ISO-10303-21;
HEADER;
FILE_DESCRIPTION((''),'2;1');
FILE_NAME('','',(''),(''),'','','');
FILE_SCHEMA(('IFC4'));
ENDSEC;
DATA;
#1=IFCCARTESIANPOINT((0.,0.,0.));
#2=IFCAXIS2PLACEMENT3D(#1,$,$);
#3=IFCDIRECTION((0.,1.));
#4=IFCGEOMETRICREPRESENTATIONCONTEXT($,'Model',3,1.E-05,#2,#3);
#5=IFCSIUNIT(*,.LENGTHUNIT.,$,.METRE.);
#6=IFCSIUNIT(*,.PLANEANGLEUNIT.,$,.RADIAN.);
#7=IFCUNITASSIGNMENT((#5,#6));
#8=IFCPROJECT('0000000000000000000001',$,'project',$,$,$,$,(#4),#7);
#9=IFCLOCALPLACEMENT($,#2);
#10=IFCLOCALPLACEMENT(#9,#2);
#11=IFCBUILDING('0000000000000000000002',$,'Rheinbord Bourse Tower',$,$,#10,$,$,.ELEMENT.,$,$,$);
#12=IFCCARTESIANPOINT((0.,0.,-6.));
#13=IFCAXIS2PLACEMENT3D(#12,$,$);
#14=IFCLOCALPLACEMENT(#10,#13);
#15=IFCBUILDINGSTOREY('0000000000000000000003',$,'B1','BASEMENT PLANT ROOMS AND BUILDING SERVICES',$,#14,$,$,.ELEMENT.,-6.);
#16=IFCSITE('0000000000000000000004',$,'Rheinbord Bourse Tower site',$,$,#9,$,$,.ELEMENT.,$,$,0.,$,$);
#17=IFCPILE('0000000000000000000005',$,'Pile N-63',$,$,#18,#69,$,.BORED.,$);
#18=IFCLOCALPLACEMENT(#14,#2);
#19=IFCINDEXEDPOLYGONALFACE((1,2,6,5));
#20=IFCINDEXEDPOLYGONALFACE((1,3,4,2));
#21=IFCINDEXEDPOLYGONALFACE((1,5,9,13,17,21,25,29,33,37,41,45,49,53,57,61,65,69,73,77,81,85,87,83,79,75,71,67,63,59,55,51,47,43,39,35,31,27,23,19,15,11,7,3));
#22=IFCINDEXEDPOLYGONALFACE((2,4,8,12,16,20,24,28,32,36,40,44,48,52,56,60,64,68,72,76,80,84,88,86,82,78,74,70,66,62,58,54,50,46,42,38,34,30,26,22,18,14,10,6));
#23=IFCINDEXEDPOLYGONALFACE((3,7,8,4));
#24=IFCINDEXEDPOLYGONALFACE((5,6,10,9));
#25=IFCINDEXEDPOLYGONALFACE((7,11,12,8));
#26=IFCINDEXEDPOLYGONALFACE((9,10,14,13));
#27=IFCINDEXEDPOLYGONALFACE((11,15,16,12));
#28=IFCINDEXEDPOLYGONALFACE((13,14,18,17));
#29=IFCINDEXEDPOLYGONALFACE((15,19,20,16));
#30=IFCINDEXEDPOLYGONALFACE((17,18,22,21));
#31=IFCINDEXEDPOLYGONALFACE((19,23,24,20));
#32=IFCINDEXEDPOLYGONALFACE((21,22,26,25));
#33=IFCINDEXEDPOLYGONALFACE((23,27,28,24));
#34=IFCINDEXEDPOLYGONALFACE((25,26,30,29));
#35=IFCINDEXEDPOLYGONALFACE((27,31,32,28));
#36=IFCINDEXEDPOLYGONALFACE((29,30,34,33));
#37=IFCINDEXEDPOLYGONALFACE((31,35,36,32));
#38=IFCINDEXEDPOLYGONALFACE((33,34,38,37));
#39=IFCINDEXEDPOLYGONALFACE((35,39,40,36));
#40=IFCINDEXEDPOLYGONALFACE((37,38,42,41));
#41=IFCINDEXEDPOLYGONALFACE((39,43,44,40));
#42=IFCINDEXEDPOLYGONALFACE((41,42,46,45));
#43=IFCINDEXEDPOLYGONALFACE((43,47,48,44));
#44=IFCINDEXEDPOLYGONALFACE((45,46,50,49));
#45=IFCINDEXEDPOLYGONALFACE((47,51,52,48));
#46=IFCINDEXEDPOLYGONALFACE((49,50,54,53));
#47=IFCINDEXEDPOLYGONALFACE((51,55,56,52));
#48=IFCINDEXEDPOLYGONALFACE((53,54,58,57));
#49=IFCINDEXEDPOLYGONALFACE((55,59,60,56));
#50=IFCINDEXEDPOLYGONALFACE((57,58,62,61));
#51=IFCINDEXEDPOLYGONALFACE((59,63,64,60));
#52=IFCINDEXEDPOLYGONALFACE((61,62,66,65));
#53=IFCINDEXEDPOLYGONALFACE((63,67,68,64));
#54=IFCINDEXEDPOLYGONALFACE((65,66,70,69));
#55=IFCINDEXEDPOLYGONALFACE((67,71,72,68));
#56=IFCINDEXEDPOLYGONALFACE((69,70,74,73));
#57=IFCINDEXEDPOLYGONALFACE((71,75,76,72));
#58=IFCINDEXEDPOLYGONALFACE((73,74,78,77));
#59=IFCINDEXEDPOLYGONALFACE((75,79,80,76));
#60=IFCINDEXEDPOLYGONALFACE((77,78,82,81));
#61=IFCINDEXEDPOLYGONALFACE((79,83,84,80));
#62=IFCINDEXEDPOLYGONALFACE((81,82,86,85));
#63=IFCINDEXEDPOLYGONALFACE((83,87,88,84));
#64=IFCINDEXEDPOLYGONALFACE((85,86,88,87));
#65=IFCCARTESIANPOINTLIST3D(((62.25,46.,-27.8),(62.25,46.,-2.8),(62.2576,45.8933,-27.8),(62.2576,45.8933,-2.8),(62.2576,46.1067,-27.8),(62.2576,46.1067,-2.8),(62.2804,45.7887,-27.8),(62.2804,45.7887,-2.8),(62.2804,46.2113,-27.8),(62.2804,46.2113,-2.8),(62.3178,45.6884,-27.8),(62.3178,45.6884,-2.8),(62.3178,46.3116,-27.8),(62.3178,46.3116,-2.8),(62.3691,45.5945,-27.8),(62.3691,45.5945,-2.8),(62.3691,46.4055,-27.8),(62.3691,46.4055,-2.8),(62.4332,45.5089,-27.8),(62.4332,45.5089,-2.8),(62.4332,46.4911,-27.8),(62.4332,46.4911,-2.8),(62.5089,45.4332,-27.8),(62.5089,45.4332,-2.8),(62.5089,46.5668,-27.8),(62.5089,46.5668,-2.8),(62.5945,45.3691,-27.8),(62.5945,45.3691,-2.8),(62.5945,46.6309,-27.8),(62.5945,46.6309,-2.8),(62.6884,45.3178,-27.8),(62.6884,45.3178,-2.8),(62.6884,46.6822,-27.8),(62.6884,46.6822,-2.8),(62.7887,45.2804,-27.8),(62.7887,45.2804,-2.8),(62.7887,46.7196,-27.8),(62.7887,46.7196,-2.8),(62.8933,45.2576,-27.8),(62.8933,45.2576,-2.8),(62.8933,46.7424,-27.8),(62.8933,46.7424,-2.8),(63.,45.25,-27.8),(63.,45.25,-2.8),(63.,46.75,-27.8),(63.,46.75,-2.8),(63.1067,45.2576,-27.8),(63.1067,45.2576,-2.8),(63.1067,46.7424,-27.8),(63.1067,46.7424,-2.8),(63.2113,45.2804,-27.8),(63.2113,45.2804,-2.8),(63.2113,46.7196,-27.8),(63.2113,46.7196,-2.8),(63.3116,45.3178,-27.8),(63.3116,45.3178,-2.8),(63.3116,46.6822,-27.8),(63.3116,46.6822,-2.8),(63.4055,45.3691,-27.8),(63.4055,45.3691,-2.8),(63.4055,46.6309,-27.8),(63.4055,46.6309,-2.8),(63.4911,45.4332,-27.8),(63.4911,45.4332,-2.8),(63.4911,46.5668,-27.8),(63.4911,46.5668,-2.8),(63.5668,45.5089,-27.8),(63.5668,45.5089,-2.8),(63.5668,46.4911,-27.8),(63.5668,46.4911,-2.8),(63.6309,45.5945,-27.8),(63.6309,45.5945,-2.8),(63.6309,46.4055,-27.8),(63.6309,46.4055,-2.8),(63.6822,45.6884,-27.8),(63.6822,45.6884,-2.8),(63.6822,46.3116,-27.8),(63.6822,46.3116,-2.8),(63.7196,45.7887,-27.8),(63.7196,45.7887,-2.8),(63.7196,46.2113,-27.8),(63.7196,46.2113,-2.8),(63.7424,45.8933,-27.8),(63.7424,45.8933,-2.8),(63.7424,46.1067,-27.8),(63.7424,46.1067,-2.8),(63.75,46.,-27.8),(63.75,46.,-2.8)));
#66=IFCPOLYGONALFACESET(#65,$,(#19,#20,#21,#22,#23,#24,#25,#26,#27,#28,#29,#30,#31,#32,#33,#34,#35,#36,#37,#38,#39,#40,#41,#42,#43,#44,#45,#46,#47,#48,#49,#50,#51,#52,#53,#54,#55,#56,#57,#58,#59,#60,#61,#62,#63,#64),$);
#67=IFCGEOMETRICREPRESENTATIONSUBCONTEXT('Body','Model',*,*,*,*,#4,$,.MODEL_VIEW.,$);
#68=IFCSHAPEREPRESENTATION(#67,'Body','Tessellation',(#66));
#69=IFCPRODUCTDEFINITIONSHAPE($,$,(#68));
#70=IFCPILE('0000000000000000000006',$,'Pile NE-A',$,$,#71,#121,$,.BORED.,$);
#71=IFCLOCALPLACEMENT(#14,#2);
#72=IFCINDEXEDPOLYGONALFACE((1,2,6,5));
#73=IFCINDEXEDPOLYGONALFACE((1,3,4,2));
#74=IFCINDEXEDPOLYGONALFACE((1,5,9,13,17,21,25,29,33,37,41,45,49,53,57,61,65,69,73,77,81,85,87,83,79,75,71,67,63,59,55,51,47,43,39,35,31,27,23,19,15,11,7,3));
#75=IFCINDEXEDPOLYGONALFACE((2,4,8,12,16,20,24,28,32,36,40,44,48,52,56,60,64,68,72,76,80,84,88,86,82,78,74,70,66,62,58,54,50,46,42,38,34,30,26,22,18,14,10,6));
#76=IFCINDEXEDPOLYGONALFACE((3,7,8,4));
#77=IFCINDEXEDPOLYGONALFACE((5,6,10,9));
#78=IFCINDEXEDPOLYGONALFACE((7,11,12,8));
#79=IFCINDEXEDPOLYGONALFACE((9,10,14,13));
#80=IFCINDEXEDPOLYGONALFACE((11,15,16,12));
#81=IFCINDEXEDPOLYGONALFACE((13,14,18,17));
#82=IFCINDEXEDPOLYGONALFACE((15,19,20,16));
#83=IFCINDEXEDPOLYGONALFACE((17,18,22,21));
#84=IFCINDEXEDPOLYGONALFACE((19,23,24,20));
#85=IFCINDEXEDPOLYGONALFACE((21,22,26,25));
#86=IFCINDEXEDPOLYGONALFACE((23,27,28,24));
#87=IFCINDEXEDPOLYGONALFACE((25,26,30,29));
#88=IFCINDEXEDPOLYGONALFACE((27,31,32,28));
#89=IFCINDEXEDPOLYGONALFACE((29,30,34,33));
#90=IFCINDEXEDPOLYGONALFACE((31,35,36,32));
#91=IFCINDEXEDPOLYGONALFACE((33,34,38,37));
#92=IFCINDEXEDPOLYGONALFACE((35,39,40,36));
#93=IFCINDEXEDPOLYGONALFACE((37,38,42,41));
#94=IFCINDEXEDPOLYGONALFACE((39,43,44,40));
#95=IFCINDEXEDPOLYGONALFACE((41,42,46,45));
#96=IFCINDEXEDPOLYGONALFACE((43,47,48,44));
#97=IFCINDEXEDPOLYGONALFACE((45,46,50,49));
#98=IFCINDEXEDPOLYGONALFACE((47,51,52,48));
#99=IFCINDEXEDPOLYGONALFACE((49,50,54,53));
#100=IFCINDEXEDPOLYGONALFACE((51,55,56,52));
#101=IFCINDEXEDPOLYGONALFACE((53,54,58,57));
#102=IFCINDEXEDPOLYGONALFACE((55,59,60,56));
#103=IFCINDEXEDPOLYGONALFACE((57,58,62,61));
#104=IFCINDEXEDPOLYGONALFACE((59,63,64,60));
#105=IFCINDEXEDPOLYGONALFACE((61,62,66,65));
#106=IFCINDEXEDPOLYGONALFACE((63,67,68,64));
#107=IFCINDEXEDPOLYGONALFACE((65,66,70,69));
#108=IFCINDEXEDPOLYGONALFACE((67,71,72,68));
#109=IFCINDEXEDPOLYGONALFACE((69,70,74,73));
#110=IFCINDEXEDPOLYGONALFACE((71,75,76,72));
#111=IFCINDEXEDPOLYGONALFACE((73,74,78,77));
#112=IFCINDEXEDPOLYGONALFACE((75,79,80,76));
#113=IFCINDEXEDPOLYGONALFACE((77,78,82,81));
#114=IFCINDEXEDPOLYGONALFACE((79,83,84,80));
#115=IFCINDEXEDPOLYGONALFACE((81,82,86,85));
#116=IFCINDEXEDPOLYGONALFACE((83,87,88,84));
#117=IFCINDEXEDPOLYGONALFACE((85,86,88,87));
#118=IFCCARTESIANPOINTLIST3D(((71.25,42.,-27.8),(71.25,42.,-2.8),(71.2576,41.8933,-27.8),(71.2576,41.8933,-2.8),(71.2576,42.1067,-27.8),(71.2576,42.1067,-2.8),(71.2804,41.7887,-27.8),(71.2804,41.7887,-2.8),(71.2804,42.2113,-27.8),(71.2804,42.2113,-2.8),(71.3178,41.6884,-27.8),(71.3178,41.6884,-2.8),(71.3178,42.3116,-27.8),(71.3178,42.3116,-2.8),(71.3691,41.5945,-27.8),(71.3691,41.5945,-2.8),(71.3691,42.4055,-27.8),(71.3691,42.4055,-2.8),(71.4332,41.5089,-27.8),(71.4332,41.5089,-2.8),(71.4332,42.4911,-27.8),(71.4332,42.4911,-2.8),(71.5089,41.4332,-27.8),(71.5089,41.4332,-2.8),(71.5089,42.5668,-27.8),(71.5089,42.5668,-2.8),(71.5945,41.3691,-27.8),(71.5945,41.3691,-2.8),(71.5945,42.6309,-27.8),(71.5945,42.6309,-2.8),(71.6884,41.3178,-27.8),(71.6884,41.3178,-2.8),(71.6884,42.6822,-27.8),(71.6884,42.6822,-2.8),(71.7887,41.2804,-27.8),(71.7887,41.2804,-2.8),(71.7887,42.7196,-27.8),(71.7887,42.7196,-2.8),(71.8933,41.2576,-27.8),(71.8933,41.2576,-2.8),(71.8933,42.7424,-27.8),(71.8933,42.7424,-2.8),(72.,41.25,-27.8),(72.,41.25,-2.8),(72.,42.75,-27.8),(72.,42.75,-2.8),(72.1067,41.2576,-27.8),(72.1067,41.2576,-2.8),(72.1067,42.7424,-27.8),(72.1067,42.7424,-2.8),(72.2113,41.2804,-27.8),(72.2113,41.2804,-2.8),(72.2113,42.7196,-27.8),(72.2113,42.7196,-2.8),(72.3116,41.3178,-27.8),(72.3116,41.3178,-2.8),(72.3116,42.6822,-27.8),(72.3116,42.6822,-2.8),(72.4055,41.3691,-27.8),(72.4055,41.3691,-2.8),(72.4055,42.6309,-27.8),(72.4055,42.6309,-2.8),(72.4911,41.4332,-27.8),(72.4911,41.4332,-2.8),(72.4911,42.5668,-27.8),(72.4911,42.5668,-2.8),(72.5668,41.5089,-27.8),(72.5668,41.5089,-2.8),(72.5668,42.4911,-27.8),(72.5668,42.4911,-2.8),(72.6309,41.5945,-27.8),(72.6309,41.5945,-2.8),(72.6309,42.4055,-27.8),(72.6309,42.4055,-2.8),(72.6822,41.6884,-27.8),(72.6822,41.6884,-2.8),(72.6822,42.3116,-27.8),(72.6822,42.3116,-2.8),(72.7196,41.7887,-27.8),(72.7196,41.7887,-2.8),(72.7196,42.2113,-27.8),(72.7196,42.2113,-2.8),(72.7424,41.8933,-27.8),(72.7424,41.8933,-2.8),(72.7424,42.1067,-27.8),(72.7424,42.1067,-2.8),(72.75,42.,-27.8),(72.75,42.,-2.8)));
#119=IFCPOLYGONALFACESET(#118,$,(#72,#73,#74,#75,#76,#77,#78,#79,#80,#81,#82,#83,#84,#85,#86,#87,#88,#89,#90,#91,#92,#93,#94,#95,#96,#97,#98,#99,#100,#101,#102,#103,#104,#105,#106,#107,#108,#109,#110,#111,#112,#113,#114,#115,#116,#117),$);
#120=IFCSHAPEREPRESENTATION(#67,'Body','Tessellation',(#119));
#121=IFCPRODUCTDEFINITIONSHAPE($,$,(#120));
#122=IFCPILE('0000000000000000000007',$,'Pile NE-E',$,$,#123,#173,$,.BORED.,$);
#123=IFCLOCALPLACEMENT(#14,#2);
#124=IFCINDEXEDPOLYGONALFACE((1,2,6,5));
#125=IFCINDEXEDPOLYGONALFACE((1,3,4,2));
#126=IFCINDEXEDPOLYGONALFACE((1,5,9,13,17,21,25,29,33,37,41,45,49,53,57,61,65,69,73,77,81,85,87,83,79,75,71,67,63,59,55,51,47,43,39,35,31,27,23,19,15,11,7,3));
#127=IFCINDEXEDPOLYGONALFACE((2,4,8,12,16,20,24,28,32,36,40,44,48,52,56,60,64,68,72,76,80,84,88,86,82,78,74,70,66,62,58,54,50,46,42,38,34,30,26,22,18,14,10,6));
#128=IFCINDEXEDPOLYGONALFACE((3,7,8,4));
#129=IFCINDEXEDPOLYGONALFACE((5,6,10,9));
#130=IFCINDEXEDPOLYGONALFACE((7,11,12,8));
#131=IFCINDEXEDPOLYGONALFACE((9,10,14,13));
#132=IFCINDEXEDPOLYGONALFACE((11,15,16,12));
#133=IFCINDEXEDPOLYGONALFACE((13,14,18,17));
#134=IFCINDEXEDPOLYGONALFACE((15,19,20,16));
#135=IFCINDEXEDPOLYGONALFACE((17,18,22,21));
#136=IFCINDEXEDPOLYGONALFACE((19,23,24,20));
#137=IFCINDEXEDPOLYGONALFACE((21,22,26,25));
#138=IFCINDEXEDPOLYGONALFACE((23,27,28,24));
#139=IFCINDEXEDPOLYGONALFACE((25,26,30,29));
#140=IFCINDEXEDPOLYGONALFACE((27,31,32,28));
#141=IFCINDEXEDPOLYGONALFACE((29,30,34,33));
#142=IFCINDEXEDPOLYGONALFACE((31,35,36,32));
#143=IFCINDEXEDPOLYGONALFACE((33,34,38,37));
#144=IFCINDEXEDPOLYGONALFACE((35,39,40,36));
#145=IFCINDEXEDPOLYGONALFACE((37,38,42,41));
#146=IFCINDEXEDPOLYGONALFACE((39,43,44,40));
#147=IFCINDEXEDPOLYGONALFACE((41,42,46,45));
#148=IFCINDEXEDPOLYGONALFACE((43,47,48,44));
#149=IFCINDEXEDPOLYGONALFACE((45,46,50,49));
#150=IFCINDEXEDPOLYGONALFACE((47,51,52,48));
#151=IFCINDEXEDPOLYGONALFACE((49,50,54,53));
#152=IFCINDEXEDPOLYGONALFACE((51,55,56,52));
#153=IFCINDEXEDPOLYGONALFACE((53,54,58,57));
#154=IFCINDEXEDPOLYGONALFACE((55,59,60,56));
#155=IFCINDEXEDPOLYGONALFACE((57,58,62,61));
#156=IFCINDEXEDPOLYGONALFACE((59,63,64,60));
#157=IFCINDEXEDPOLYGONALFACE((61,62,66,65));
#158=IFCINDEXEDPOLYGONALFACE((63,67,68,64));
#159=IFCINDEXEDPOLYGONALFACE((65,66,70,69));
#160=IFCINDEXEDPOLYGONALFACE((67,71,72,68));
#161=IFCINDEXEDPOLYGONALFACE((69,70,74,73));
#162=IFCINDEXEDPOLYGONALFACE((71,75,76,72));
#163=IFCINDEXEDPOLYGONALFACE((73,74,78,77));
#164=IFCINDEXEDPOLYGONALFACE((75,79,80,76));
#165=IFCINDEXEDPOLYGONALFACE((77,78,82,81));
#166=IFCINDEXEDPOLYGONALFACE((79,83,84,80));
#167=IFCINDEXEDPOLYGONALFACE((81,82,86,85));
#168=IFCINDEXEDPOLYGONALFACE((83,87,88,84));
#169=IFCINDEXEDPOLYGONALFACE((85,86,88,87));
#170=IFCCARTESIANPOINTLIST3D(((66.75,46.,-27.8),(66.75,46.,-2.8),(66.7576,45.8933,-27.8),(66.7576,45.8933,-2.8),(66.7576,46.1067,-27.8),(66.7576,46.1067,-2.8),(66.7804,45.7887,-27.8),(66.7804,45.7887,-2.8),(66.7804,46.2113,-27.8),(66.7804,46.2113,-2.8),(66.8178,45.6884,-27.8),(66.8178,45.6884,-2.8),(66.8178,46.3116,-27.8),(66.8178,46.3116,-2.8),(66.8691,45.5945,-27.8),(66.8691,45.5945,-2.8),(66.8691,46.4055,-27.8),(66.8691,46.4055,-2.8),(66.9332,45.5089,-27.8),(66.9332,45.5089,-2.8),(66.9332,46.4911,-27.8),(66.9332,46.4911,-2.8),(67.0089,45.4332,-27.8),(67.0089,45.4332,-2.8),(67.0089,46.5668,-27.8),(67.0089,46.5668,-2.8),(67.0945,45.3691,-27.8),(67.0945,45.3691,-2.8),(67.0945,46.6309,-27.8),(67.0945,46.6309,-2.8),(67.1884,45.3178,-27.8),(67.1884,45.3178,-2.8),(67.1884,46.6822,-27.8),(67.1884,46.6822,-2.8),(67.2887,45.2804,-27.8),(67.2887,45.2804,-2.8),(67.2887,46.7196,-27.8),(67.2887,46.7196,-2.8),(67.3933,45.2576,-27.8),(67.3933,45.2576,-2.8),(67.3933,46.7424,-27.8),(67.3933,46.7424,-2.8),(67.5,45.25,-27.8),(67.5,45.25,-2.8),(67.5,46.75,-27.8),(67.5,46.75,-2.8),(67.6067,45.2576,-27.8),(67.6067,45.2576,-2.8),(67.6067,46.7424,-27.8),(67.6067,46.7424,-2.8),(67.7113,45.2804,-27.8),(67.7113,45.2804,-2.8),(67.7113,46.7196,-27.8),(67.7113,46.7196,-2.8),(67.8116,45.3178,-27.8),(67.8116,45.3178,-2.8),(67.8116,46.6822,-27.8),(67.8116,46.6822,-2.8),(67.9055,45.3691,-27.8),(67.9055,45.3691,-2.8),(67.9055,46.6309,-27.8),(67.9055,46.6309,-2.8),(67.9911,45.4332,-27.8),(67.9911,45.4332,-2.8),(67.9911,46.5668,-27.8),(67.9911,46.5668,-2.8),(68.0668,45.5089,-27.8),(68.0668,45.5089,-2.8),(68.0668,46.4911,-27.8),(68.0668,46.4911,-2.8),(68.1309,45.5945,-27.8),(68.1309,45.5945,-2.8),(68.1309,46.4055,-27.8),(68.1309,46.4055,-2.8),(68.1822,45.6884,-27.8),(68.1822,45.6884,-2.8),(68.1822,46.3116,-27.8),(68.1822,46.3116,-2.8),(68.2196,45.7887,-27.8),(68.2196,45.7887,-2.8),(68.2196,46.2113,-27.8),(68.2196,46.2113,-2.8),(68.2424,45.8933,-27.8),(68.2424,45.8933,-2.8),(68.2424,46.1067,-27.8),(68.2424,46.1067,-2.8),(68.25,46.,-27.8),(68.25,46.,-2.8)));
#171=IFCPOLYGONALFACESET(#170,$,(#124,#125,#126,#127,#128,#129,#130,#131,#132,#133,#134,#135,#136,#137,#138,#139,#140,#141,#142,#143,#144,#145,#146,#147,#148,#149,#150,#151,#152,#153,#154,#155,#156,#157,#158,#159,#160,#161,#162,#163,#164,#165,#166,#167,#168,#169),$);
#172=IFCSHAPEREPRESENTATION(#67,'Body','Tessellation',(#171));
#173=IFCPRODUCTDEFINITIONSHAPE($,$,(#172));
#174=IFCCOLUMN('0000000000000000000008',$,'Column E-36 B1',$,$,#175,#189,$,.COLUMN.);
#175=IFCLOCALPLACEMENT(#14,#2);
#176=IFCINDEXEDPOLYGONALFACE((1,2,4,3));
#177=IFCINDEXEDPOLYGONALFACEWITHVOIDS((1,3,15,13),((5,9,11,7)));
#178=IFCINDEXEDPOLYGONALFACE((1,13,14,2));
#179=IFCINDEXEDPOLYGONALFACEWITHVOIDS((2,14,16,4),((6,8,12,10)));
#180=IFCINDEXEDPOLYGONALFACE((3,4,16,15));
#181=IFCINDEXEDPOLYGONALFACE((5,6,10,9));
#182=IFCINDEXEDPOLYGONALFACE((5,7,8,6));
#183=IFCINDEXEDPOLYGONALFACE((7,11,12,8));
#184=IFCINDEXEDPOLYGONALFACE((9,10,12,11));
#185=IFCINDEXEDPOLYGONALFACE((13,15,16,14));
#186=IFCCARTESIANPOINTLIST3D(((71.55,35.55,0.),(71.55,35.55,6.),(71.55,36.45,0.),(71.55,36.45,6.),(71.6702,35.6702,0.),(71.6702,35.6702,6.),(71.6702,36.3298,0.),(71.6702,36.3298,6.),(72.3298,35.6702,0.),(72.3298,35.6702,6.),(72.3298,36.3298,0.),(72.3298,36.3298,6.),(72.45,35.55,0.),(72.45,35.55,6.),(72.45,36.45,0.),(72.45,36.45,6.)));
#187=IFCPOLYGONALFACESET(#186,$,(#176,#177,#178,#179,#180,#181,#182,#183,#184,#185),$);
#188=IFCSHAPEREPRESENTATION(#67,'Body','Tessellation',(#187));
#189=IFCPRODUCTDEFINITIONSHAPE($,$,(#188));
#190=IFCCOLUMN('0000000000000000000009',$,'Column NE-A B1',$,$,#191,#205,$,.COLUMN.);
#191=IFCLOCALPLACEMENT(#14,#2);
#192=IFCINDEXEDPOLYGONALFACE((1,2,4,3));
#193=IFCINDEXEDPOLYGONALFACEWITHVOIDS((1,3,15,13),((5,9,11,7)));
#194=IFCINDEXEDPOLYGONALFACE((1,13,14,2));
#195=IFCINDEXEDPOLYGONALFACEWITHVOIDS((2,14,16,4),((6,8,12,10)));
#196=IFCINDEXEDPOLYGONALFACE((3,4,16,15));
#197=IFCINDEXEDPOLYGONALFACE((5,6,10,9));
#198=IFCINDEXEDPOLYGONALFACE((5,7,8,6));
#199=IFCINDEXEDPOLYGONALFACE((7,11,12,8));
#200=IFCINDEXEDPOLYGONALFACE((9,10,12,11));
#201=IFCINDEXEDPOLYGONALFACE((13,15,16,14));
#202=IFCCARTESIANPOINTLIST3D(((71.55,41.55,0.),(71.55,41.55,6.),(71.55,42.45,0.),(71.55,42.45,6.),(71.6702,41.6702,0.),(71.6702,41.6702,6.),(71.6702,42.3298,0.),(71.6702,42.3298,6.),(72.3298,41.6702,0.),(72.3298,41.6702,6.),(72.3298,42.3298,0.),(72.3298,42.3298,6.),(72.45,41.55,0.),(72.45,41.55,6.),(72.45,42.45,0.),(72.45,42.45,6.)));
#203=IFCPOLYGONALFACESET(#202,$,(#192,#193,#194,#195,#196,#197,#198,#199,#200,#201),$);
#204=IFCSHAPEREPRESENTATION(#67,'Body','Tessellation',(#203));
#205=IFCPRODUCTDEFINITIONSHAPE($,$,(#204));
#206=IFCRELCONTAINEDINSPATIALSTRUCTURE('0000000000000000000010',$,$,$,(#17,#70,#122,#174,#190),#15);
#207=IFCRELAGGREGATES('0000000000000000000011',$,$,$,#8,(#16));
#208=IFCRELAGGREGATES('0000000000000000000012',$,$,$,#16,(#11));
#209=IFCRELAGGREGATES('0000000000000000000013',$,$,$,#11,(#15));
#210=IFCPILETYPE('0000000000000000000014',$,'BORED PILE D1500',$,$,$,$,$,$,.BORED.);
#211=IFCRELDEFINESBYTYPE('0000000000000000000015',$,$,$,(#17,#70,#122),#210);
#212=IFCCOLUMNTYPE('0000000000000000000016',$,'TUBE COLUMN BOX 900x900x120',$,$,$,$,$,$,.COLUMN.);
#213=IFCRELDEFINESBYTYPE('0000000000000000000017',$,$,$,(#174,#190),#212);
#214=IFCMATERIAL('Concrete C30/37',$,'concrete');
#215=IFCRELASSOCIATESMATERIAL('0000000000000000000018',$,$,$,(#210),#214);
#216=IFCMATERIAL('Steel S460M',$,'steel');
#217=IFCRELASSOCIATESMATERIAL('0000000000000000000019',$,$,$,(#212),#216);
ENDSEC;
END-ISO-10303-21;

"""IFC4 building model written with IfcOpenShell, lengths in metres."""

from ifc_helpers import new_model, si_unit, direction, frame, origin, origin_2d, place, context, subcontext, project, spatial, hollow_rectangle, circle, extrude, material, material_profile, profile_set, type_object, element, save


model = new_model("IFC4")

# Units and contexts
model_context = context("Model", 3, precision=1e-05, world=origin(), true_north=direction((0.0, 1.0)))
body_context = subcontext(model_context, "Body", "Model", "MODEL_VIEW")
ifc_project = project(units=[si_unit("LENGTHUNIT", "METRE"), si_unit("PLANEANGLEUNIT", "RADIAN")], contexts=[model_context])

# Site, building, storey
site_placement = place(None, origin())
site = spatial("IfcSite", under=ifc_project, at=site_placement, Name="Rheinbord Bourse Tower site", CompositionType="ELEMENT", RefElevation=0.0)
building_placement = place(site_placement, origin())
building = spatial("IfcBuilding", under=site, at=building_placement, Name="Rheinbord Bourse Tower", CompositionType="ELEMENT")
storey_placement = place(building_placement, frame((0.0, 0.0, -6.0)))
storey = spatial("IfcBuildingStorey", under=building, at=storey_placement, Name="B1", Description="BASEMENT PLANT ROOMS AND BUILDING SERVICES", CompositionType="ELEMENT", Elevation=-6.0)

# Piles
ifc_material_1 = material(Name="Concrete C30/37", Category="concrete")
ifc_material_profile_1 = material_profile(ifc_material_1, circle(Radius=0.75, at=origin_2d()), Name="D1500")
ifc_profile_set_1 = profile_set([ifc_material_profile_1], Name="Concrete C30/37")
pile_type = type_object("IfcPileType", Name="BORED PILE D1500", PredefinedType="BORED", material=ifc_profile_set_1)
for number, where, z_axis, x_axis, name in (
    (1, (63.0, 46.0, -2.8), (0.0, 0.0, -1.0), (1.0, 0.0, 0.0), "Pile N-63"),
    (2, (72.0, 42.0, -2.8), (0.0, 0.0, -1.0), (1.0, 0.0, 0.0), "Pile NE-A"),
    (3, (67.5, 46.0, -2.8), (0.0, 0.0, -1.0), (1.0, 0.0, 0.0), "Pile NE-E"),
):
    element("IfcPile", number, at=place(storey_placement, frame(where, z_axis=z_axis, x_axis=x_axis)), inside=storey, type_object=pile_type, Name=name, PredefinedType="BORED", context=body_context, shape_type="SweptSolid", body=[
        extrude(circle(Radius=0.75, at=origin_2d()), origin(), (0.0, 0.0, 1.0), 25.0),
    ])

# Columns
ifc_material_2 = material(Name="Steel S460M", Category="steel")
ifc_material_profile_2 = material_profile(ifc_material_2, hollow_rectangle(XDim=0.8999, YDim=0.8999, WallThickness=0.1201, at=origin_2d()), Name="BOX 900x900x120")
ifc_profile_set_2 = profile_set([ifc_material_profile_2], Name="Steel S460M")
column_type = type_object("IfcColumnType", Name="TUBE COLUMN BOX 900x900x120", PredefinedType="COLUMN", material=ifc_profile_set_2)
for number, where, z_axis, x_axis, name in (
    (4, (72.0, 36.0, 0.0), (0.0, 0.0, 1.0), (1.0, 0.0, 0.0), "Column E-36 B1"),
    (5, (72.0, 42.0, 0.0), (0.0, 0.0, 1.0), (1.0, 0.0, 0.0), "Column NE-A B1"),
):
    element("IfcColumn", number, at=place(storey_placement, frame(where, z_axis=z_axis, x_axis=x_axis)), inside=storey, type_object=column_type, Name=name, PredefinedType="COLUMN", context=body_context, shape_type="SweptSolid", body=[
        extrude(hollow_rectangle(XDim=0.8999, YDim=0.8999, WallThickness=0.1201, at=origin_2d()), origin(), (0.0, 0.0, 1.0), 6.0),
    ])

save(model, "model.ifc")
